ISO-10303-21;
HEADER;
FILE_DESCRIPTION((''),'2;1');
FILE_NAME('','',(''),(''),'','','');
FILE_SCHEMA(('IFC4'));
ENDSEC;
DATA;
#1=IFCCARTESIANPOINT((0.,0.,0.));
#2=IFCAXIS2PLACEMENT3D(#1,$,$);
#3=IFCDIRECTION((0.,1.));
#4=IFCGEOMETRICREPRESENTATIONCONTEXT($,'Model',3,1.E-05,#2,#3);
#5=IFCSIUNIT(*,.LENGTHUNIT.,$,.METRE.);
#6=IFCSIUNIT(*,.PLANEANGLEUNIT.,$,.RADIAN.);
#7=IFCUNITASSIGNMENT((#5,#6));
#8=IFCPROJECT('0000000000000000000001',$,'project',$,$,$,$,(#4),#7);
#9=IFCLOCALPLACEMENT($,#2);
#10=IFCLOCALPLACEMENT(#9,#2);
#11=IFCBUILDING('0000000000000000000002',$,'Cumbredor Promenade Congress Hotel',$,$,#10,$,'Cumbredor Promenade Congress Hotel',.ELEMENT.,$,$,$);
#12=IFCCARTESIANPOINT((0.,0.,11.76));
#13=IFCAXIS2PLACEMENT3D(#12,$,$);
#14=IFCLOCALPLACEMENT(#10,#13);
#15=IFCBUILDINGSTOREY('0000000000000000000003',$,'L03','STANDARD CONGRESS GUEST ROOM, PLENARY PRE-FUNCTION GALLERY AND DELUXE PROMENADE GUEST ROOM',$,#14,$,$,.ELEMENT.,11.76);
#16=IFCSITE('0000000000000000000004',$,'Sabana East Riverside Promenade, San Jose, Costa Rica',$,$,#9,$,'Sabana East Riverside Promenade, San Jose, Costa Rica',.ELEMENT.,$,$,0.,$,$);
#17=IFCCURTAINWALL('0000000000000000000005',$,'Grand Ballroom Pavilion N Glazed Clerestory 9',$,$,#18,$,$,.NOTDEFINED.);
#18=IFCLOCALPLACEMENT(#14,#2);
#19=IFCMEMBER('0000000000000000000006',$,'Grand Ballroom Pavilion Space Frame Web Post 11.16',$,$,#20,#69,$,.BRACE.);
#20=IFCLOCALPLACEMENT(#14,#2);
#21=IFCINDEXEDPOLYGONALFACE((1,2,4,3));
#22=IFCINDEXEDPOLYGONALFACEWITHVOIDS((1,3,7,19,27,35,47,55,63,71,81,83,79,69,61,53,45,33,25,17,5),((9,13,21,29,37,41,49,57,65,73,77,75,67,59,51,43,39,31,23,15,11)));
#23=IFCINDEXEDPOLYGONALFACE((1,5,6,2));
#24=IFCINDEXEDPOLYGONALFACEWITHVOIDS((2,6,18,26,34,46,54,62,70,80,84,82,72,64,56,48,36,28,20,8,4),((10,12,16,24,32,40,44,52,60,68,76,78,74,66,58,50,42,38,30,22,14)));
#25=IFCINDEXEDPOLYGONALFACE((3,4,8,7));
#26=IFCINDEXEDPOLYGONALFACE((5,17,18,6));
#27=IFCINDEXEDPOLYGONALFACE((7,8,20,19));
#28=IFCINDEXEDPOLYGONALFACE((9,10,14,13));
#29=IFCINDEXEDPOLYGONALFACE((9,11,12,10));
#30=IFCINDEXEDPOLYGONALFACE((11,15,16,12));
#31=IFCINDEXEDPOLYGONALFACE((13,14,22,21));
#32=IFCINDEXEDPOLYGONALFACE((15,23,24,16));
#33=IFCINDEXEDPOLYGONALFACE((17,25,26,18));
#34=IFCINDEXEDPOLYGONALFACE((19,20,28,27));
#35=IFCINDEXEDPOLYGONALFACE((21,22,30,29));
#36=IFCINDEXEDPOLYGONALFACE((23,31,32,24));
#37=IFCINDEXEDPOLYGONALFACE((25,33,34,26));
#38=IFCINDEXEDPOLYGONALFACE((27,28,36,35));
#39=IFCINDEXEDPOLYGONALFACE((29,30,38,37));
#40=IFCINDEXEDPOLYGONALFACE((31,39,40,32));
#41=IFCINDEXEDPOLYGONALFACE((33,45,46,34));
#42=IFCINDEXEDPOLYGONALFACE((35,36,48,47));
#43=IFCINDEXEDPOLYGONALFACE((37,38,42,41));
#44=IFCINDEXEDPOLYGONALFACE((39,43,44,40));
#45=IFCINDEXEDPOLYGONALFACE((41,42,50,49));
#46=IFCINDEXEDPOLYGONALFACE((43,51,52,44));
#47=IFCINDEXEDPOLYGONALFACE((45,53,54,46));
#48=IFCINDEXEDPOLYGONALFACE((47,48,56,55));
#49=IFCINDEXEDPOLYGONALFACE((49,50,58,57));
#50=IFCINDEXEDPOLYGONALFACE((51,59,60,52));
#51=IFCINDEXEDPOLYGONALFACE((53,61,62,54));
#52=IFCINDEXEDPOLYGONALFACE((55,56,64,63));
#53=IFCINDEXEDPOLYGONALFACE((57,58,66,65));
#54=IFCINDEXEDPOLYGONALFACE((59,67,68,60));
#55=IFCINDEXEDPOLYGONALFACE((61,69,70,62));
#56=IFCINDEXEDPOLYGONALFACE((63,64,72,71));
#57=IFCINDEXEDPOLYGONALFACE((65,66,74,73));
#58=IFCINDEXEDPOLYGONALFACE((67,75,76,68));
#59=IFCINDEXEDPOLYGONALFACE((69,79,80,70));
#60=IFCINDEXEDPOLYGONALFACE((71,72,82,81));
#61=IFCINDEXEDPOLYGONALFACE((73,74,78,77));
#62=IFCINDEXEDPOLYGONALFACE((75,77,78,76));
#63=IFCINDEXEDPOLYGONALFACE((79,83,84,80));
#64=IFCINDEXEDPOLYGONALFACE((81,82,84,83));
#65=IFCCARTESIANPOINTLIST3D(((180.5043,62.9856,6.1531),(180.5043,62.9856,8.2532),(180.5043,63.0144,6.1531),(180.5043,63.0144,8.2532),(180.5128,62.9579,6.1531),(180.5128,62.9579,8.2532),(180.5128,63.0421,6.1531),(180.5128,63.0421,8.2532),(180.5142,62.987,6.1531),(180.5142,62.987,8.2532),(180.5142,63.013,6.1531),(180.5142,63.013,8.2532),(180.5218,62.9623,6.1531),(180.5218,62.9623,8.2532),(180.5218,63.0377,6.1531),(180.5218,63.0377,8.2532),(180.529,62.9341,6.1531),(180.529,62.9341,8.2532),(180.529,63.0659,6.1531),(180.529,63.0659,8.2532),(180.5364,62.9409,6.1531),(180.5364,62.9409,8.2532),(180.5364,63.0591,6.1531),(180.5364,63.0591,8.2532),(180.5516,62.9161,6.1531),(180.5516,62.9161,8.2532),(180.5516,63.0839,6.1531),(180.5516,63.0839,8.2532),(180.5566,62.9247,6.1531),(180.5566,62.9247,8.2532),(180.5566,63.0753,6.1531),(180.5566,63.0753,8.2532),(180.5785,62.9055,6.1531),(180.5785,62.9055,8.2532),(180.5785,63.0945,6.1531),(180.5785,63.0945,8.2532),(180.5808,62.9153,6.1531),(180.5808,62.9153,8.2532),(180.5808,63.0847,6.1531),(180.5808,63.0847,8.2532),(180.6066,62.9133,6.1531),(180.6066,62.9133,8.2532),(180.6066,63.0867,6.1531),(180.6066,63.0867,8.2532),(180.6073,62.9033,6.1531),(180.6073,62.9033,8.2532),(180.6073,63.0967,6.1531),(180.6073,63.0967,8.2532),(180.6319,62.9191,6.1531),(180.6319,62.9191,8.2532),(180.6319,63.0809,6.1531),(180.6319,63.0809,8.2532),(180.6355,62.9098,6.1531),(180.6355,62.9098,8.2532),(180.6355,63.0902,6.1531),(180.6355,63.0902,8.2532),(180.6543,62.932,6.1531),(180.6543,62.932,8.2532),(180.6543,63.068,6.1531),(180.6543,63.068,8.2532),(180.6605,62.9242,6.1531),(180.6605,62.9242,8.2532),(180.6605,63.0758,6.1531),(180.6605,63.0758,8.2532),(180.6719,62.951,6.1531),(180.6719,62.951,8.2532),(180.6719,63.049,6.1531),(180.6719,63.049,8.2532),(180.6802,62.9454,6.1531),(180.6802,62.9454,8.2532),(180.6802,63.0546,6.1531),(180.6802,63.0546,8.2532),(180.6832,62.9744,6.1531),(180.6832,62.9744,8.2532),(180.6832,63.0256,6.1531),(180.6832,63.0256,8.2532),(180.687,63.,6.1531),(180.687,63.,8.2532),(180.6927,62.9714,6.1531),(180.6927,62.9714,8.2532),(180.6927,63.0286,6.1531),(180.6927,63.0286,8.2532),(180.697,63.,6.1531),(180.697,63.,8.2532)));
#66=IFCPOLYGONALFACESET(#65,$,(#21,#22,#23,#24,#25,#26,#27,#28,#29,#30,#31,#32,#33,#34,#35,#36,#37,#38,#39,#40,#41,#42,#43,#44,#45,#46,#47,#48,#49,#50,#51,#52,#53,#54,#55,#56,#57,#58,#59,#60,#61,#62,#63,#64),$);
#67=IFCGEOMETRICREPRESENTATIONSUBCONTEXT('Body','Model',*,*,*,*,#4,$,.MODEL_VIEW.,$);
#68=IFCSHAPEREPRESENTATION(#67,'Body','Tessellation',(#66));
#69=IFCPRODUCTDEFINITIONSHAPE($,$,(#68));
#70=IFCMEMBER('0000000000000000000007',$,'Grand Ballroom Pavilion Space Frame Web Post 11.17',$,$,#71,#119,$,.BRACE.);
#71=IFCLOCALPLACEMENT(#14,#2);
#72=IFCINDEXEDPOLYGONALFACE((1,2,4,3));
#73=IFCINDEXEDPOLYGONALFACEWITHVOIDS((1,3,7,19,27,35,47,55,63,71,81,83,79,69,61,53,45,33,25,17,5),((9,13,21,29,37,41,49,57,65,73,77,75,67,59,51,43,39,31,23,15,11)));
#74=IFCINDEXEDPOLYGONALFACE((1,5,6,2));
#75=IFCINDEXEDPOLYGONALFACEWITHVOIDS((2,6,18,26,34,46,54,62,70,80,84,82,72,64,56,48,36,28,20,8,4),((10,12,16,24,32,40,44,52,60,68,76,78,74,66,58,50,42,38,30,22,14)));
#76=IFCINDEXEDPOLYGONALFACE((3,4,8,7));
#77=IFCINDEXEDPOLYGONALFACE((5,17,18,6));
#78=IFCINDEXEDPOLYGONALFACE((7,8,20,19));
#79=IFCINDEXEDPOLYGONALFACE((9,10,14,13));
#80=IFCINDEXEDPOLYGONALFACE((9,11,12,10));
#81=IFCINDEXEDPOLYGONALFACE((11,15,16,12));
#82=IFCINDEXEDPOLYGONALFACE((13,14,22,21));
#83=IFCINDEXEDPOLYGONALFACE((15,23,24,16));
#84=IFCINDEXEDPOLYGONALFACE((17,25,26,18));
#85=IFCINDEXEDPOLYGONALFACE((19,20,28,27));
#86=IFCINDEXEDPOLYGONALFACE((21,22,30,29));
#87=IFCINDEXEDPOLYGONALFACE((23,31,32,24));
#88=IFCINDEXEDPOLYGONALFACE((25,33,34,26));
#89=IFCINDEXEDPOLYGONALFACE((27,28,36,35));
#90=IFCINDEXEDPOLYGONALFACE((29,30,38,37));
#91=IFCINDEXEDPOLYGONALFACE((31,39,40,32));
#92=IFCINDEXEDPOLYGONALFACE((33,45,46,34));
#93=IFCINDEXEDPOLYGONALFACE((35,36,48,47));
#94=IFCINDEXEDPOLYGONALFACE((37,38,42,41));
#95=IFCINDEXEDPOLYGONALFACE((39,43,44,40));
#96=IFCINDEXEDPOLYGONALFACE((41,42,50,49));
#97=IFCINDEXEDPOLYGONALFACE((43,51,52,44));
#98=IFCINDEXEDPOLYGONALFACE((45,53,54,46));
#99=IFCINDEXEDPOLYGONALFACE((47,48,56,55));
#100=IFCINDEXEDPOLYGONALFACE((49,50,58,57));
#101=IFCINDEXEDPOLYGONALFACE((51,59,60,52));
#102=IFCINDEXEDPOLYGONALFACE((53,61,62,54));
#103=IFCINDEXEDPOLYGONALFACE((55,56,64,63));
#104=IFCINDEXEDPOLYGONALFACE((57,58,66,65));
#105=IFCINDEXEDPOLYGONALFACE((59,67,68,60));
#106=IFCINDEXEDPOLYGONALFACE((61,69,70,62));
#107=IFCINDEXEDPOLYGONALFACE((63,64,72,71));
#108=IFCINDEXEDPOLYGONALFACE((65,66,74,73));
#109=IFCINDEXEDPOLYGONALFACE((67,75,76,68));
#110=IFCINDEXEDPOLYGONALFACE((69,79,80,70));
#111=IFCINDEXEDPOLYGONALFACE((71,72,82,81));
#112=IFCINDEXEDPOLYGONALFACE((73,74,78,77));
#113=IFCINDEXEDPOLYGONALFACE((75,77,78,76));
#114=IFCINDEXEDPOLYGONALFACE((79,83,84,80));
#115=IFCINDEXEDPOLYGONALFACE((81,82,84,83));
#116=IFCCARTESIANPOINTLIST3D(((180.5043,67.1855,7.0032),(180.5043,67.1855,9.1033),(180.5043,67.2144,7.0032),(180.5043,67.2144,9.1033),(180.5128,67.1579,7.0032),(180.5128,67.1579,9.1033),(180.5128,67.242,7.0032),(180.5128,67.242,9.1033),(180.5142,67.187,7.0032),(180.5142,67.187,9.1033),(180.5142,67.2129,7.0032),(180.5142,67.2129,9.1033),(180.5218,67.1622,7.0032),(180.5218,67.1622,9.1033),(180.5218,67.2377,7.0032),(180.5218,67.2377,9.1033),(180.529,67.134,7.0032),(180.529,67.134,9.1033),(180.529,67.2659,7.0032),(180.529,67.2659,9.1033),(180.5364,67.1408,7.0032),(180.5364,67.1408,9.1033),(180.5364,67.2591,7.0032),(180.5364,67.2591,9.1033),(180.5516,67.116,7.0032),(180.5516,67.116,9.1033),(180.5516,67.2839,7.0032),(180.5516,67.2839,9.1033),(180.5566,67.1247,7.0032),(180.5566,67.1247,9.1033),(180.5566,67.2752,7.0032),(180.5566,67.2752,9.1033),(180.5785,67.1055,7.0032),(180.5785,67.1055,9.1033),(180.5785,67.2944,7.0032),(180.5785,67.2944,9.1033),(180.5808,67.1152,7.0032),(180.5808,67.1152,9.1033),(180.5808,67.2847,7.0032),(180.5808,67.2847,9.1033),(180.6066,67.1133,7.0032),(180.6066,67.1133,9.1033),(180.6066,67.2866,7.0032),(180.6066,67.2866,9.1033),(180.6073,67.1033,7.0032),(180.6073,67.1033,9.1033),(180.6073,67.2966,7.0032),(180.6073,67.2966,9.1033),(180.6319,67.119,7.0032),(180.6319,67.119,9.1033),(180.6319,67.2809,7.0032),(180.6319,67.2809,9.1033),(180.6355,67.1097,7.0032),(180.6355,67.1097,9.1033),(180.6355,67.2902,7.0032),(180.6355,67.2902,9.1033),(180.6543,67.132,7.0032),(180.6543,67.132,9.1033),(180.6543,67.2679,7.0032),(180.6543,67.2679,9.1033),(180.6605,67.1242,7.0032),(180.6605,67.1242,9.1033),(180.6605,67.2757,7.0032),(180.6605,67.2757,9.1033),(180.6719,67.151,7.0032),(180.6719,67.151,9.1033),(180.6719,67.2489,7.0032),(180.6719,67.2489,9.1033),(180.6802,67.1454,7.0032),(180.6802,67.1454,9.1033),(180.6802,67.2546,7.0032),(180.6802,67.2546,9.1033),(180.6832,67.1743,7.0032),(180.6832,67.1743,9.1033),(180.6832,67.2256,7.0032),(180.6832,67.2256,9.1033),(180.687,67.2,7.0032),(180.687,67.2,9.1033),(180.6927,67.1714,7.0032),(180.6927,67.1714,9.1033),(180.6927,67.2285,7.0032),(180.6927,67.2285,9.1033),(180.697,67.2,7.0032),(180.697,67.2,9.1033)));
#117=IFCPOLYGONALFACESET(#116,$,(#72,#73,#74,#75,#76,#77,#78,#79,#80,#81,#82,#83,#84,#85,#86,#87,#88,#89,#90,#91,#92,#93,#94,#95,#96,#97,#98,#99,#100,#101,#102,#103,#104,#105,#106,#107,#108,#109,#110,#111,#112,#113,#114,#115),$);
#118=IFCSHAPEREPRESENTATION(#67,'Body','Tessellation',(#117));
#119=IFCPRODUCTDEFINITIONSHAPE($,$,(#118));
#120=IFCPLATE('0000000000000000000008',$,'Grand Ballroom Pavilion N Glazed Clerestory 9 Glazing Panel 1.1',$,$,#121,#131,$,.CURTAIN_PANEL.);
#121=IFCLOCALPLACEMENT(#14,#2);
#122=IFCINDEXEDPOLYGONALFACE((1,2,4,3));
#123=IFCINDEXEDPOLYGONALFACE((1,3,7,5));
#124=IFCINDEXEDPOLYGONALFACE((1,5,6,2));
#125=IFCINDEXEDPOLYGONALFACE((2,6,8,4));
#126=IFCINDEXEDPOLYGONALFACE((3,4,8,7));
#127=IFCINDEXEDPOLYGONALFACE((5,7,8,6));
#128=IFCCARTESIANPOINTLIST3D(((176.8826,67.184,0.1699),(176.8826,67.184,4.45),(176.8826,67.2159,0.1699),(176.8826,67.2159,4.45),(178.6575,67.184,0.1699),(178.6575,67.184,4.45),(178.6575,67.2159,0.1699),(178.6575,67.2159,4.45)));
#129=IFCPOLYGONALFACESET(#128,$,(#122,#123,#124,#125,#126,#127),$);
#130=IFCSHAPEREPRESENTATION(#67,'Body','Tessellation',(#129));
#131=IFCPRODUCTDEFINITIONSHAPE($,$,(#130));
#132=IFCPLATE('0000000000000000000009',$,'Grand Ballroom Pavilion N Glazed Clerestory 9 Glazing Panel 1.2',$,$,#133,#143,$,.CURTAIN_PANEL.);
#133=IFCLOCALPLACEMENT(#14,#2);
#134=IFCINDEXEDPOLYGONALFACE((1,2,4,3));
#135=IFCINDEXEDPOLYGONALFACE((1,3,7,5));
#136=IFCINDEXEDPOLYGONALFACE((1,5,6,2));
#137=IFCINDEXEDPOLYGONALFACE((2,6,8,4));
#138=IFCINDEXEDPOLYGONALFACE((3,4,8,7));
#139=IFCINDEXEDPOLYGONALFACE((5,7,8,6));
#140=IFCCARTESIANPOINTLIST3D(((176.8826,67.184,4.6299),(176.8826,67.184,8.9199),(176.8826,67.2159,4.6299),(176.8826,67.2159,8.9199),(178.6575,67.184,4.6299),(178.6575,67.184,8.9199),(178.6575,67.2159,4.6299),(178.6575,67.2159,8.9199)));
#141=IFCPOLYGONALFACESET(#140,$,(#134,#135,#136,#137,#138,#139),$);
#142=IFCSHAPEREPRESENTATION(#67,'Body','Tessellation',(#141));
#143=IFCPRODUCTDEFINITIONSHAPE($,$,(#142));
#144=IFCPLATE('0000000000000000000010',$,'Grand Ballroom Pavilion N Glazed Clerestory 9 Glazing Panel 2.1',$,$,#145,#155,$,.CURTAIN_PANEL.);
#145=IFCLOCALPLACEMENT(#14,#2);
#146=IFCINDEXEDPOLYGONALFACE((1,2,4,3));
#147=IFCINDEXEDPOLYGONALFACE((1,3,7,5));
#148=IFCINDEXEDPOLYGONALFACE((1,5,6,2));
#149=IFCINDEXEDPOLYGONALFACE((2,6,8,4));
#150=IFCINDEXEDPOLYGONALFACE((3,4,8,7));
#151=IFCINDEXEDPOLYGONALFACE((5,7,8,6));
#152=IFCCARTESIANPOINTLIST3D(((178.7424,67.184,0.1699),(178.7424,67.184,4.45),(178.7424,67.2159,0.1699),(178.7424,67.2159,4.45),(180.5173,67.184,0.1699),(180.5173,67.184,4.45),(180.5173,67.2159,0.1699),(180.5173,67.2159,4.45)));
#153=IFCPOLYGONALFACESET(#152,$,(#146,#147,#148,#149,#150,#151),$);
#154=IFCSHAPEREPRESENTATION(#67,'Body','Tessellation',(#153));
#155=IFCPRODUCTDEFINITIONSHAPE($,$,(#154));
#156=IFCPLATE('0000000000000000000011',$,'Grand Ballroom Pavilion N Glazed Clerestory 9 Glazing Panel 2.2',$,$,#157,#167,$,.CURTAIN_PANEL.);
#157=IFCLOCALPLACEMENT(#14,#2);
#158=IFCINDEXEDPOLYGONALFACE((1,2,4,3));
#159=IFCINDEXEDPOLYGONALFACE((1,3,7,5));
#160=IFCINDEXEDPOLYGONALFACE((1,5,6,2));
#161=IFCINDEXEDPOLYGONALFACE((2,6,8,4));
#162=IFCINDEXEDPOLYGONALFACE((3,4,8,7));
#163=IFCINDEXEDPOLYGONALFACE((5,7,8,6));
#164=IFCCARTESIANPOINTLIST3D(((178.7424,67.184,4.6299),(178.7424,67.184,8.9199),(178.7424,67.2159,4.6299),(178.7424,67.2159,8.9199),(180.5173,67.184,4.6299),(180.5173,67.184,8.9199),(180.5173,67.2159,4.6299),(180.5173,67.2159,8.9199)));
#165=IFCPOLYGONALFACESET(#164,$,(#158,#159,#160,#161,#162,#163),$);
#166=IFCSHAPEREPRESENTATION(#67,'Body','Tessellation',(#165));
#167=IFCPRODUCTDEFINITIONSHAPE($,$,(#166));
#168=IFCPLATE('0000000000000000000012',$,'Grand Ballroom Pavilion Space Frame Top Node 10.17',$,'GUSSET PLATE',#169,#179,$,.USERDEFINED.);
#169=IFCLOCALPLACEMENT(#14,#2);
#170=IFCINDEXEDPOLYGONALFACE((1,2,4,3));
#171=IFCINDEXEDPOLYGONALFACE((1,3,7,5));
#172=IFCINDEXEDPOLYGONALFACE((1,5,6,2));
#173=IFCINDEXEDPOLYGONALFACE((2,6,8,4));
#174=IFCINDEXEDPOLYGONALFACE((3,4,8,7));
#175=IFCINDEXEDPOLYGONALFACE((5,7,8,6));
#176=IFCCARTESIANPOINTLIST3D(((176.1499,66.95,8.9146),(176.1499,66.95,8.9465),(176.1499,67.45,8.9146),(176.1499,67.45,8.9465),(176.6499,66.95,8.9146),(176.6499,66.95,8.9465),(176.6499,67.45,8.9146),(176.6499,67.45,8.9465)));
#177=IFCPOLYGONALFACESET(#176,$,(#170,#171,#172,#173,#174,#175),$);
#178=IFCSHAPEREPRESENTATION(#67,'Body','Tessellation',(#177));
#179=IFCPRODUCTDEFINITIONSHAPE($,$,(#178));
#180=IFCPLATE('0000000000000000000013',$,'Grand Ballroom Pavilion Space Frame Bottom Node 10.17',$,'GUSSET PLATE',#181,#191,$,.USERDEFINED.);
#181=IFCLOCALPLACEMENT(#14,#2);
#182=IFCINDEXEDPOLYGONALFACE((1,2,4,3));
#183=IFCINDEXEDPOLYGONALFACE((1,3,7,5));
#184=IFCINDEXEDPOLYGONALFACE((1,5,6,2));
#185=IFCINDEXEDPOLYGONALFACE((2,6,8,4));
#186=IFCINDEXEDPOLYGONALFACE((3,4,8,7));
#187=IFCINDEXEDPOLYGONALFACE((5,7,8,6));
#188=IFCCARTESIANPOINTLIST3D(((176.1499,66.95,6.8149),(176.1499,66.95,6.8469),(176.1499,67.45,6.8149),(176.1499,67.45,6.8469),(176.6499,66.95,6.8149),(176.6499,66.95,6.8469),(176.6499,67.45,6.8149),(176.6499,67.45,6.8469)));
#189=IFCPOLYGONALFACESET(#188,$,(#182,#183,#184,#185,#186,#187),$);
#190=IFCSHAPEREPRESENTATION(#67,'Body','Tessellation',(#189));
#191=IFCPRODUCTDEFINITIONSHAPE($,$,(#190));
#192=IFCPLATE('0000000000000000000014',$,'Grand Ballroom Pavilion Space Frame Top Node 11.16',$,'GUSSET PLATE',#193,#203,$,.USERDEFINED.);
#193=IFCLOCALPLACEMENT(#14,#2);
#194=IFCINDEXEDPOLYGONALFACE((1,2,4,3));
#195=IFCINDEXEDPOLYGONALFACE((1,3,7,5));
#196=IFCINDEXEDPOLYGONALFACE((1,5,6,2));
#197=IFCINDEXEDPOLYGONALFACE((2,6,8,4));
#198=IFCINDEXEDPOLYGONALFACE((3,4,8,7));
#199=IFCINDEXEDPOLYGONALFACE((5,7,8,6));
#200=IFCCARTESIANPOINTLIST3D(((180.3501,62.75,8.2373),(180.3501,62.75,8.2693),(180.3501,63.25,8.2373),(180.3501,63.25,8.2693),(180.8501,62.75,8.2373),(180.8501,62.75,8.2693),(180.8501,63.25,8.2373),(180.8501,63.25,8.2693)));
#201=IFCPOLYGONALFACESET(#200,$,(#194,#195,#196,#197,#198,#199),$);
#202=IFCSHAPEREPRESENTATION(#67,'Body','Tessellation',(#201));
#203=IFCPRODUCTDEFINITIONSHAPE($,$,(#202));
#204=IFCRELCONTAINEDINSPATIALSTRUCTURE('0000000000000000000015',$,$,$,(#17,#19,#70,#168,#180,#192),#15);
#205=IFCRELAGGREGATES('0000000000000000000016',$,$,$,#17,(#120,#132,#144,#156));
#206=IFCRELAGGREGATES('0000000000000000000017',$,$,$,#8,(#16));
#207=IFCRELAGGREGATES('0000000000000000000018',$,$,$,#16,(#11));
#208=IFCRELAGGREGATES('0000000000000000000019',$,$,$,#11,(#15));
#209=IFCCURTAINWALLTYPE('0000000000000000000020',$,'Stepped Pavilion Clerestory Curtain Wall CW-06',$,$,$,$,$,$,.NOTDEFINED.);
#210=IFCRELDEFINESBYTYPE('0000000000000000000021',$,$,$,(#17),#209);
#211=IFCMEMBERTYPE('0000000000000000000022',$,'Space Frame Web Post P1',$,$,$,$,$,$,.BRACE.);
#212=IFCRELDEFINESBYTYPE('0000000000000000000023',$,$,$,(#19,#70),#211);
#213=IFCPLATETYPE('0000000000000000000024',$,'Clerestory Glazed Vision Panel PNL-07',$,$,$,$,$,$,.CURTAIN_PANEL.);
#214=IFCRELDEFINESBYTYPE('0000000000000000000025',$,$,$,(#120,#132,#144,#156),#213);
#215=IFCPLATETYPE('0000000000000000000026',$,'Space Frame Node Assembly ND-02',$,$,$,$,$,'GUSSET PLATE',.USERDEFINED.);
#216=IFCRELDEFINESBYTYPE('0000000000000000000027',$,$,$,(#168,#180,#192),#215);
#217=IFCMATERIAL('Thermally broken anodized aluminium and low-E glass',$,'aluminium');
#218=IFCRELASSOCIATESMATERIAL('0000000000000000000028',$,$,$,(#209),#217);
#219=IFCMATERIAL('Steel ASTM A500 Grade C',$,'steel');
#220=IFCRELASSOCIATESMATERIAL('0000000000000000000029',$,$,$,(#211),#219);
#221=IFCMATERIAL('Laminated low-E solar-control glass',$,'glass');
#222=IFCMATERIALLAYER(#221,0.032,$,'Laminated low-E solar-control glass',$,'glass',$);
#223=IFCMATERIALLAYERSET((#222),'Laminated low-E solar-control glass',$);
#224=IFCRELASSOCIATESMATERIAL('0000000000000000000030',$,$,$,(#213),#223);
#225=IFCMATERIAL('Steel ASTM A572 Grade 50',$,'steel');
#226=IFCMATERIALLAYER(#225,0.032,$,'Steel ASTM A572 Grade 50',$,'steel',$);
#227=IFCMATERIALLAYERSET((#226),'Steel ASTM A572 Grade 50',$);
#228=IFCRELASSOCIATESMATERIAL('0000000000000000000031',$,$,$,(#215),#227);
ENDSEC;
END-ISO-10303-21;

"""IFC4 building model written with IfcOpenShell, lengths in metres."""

from ifc_helpers import new_model, si_unit, direction, frame, origin, origin_2d, place, context, subcontext, project, spatial, rectangle, hollow_circle, extrude, material, layer, layer_set, material_profile, profile_set, type_object, element, aggregate, save


model = new_model("IFC4")

# Units and contexts
model_context = context("Model", 3, precision=1e-05, world=origin(), true_north=direction((0.0, 1.0)))
body_context = subcontext(model_context, "Body", "Model", "MODEL_VIEW")
ifc_project = project(units=[si_unit("LENGTHUNIT", "METRE"), si_unit("PLANEANGLEUNIT", "RADIAN")], contexts=[model_context])

# Site, building, storey
site_placement = place(None, origin())
site = spatial("IfcSite", under=ifc_project, at=site_placement, Name="Sabana East Riverside Promenade, San Jose, Costa Rica", LongName="Sabana East Riverside Promenade, San Jose, Costa Rica", CompositionType="ELEMENT", RefElevation=0.0)
building_placement = place(site_placement, origin())
building = spatial("IfcBuilding", under=site, at=building_placement, Name="Cumbredor Promenade Congress Hotel", LongName="Cumbredor Promenade Congress Hotel", CompositionType="ELEMENT")
storey_placement = place(building_placement, frame((0.0, 0.0, 11.76)))
storey = spatial("IfcBuildingStorey", under=building, at=storey_placement, Name="L03", Description="STANDARD CONGRESS GUEST ROOM, PLENARY PRE-FUNCTION GALLERY AND DELUXE PROMENADE GUEST ROOM", CompositionType="ELEMENT", Elevation=11.76)

# Shared definitions
ifc_material_1 = material(Name="Steel ASTM A500 Grade C", Category="steel")

# Curtain wall
ifc_material_2 = material(Name="Thermally broken anodized aluminium and low-E glass", Category="aluminium")
curtain_wall_type = type_object("IfcCurtainWallType", Name="Stepped Pavilion Clerestory Curtain Wall CW-06", PredefinedType="NOTDEFINED", material=ifc_material_2)
curtain_wall_placement = place(storey_placement, origin())
curtain_wall = element("IfcCurtainWall", 1, at=curtain_wall_placement, inside=storey, type_object=curtain_wall_type, Name="Grand Ballroom Pavilion N Glazed Clerestory 9", PredefinedType="NOTDEFINED")

# Members
ifc_material_profile_1 = material_profile(ifc_material_1, hollow_circle(Radius=0.0969, WallThickness=0.01, at=origin_2d()), Name="CHS 193.7x10")
ifc_profile_set_1 = profile_set([ifc_material_profile_1], Name="Steel ASTM A500 Grade C")
member_type_1 = type_object("IfcMemberType", Name="Space Frame Web Post P1", PredefinedType="BRACE", material=ifc_profile_set_1)
for number, where, z_axis, x_axis, name in (
    (2, (180.6001, 63.0, 6.1531), (0.0, 0.0, 1.0), (1.0, 0.0, 0.0), "Grand Ballroom Pavilion Space Frame Web Post 11.16"),
    (3, (180.6001, 67.2, 7.0032), (0.0, 0.0, 1.0), (1.0, 0.0, 0.0), "Grand Ballroom Pavilion Space Frame Web Post 11.17"),
):
    element("IfcMember", number, at=place(storey_placement, frame(where, z_axis=z_axis, x_axis=x_axis)), inside=storey, type_object=member_type_1, Name=name, PredefinedType="BRACE", context=body_context, shape_type="SweptSolid", body=[
        extrude(hollow_circle(Radius=0.0969, WallThickness=0.01, at=origin_2d()), origin(), (0.0, 0.0, 1.0), 2.1001),
    ])

# Plates
ifc_material_3 = material(Name="Laminated low-E solar-control glass", Category="glass")
ifc_layer_1 = layer(ifc_material_3, 0.032, Name="Laminated low-E solar-control glass", Category="glass")
ifc_layer_set_1 = layer_set([ifc_layer_1], Name="Laminated low-E solar-control glass")
plate_type_1 = type_object("IfcPlateType", Name="Clerestory Glazed Vision Panel PNL-07", PredefinedType="CURTAIN_PANEL", material=ifc_layer_set_1)
plate_1_placement = place(storey_placement, frame((177.77, 67.2, 0.1699), z_axis=(0.0, 0.0, 1.0), x_axis=(1.0, 0.0, 0.0)))
plate_1 = element("IfcPlate", 4, at=plate_1_placement, type_object=plate_type_1, Name="Grand Ballroom Pavilion N Glazed Clerestory 9 Glazing Panel 1.1", PredefinedType="CURTAIN_PANEL", context=body_context, shape_type="SweptSolid", body=[
    extrude(rectangle(XDim=1.7749, YDim=0.032, at=origin_2d()), origin(), (0.0, 0.0, 1.0), 4.28),
])
plate_2_placement = place(storey_placement, frame((177.77, 67.2, 4.6299), z_axis=(0.0, 0.0, 1.0), x_axis=(1.0, 0.0, 0.0)))
plate_2 = element("IfcPlate", 5, at=plate_2_placement, type_object=plate_type_1, Name="Grand Ballroom Pavilion N Glazed Clerestory 9 Glazing Panel 1.2", PredefinedType="CURTAIN_PANEL", context=body_context, shape_type="SweptSolid", body=[
    extrude(rectangle(XDim=1.7749, YDim=0.032, at=origin_2d()), origin(), (0.0, 0.0, 1.0), 4.29),
])
plate_3_placement = place(storey_placement, frame((179.6299, 67.2, 0.1699), z_axis=(0.0, 0.0, 1.0), x_axis=(1.0, 0.0, 0.0)))
plate_3 = element("IfcPlate", 6, at=plate_3_placement, type_object=plate_type_1, Name="Grand Ballroom Pavilion N Glazed Clerestory 9 Glazing Panel 2.1", PredefinedType="CURTAIN_PANEL", context=body_context, shape_type="SweptSolid", body=[
    extrude(rectangle(XDim=1.7749, YDim=0.032, at=origin_2d()), origin(), (0.0, 0.0, 1.0), 4.28),
])
plate_4_placement = place(storey_placement, frame((179.6299, 67.2, 4.6299), z_axis=(0.0, 0.0, 1.0), x_axis=(1.0, 0.0, 0.0)))
plate_4 = element("IfcPlate", 7, at=plate_4_placement, type_object=plate_type_1, Name="Grand Ballroom Pavilion N Glazed Clerestory 9 Glazing Panel 2.2", PredefinedType="CURTAIN_PANEL", context=body_context, shape_type="SweptSolid", body=[
    extrude(rectangle(XDim=1.7749, YDim=0.032, at=origin_2d()), origin(), (0.0, 0.0, 1.0), 4.29),
])
aggregate(curtain_wall, [plate_1, plate_2, plate_3, plate_4])

# Plates
ifc_material_4 = material(Name="Steel ASTM A572 Grade 50", Category="steel")
ifc_layer_2 = layer(ifc_material_4, 0.032, Name="Steel ASTM A572 Grade 50", Category="steel")
ifc_layer_set_2 = layer_set([ifc_layer_2], Name="Steel ASTM A572 Grade 50")
plate_type_2 = type_object("IfcPlateType", Name="Space Frame Node Assembly ND-02", ElementType="GUSSET PLATE", PredefinedType="USERDEFINED", material=ifc_layer_set_2)
for number, where, z_axis, x_axis, name in (
    (8, (176.3999, 67.2, 8.9146), (0.0, 0.0, 1.0), (1.0, 0.0, 0.0), "Grand Ballroom Pavilion Space Frame Top Node 10.17"),
    (9, (176.3999, 67.2, 6.8149), (0.0, 0.0, 1.0), (1.0, 0.0, 0.0), "Grand Ballroom Pavilion Space Frame Bottom Node 10.17"),
    (10, (180.6001, 63.0, 8.2373), (0.0, 0.0, 1.0), (1.0, 0.0, 0.0), "Grand Ballroom Pavilion Space Frame Top Node 11.16"),
):
    element("IfcPlate", number, at=place(storey_placement, frame(where, z_axis=z_axis, x_axis=x_axis)), inside=storey, type_object=plate_type_2, Name=name, ObjectType="GUSSET PLATE", PredefinedType="USERDEFINED", context=body_context, shape_type="SweptSolid", body=[
        extrude(rectangle(XDim=0.5, YDim=0.5, at=origin_2d()), origin(), (0.0, 0.0, 1.0), 0.032),
    ])

save(model, "model.ifc")
